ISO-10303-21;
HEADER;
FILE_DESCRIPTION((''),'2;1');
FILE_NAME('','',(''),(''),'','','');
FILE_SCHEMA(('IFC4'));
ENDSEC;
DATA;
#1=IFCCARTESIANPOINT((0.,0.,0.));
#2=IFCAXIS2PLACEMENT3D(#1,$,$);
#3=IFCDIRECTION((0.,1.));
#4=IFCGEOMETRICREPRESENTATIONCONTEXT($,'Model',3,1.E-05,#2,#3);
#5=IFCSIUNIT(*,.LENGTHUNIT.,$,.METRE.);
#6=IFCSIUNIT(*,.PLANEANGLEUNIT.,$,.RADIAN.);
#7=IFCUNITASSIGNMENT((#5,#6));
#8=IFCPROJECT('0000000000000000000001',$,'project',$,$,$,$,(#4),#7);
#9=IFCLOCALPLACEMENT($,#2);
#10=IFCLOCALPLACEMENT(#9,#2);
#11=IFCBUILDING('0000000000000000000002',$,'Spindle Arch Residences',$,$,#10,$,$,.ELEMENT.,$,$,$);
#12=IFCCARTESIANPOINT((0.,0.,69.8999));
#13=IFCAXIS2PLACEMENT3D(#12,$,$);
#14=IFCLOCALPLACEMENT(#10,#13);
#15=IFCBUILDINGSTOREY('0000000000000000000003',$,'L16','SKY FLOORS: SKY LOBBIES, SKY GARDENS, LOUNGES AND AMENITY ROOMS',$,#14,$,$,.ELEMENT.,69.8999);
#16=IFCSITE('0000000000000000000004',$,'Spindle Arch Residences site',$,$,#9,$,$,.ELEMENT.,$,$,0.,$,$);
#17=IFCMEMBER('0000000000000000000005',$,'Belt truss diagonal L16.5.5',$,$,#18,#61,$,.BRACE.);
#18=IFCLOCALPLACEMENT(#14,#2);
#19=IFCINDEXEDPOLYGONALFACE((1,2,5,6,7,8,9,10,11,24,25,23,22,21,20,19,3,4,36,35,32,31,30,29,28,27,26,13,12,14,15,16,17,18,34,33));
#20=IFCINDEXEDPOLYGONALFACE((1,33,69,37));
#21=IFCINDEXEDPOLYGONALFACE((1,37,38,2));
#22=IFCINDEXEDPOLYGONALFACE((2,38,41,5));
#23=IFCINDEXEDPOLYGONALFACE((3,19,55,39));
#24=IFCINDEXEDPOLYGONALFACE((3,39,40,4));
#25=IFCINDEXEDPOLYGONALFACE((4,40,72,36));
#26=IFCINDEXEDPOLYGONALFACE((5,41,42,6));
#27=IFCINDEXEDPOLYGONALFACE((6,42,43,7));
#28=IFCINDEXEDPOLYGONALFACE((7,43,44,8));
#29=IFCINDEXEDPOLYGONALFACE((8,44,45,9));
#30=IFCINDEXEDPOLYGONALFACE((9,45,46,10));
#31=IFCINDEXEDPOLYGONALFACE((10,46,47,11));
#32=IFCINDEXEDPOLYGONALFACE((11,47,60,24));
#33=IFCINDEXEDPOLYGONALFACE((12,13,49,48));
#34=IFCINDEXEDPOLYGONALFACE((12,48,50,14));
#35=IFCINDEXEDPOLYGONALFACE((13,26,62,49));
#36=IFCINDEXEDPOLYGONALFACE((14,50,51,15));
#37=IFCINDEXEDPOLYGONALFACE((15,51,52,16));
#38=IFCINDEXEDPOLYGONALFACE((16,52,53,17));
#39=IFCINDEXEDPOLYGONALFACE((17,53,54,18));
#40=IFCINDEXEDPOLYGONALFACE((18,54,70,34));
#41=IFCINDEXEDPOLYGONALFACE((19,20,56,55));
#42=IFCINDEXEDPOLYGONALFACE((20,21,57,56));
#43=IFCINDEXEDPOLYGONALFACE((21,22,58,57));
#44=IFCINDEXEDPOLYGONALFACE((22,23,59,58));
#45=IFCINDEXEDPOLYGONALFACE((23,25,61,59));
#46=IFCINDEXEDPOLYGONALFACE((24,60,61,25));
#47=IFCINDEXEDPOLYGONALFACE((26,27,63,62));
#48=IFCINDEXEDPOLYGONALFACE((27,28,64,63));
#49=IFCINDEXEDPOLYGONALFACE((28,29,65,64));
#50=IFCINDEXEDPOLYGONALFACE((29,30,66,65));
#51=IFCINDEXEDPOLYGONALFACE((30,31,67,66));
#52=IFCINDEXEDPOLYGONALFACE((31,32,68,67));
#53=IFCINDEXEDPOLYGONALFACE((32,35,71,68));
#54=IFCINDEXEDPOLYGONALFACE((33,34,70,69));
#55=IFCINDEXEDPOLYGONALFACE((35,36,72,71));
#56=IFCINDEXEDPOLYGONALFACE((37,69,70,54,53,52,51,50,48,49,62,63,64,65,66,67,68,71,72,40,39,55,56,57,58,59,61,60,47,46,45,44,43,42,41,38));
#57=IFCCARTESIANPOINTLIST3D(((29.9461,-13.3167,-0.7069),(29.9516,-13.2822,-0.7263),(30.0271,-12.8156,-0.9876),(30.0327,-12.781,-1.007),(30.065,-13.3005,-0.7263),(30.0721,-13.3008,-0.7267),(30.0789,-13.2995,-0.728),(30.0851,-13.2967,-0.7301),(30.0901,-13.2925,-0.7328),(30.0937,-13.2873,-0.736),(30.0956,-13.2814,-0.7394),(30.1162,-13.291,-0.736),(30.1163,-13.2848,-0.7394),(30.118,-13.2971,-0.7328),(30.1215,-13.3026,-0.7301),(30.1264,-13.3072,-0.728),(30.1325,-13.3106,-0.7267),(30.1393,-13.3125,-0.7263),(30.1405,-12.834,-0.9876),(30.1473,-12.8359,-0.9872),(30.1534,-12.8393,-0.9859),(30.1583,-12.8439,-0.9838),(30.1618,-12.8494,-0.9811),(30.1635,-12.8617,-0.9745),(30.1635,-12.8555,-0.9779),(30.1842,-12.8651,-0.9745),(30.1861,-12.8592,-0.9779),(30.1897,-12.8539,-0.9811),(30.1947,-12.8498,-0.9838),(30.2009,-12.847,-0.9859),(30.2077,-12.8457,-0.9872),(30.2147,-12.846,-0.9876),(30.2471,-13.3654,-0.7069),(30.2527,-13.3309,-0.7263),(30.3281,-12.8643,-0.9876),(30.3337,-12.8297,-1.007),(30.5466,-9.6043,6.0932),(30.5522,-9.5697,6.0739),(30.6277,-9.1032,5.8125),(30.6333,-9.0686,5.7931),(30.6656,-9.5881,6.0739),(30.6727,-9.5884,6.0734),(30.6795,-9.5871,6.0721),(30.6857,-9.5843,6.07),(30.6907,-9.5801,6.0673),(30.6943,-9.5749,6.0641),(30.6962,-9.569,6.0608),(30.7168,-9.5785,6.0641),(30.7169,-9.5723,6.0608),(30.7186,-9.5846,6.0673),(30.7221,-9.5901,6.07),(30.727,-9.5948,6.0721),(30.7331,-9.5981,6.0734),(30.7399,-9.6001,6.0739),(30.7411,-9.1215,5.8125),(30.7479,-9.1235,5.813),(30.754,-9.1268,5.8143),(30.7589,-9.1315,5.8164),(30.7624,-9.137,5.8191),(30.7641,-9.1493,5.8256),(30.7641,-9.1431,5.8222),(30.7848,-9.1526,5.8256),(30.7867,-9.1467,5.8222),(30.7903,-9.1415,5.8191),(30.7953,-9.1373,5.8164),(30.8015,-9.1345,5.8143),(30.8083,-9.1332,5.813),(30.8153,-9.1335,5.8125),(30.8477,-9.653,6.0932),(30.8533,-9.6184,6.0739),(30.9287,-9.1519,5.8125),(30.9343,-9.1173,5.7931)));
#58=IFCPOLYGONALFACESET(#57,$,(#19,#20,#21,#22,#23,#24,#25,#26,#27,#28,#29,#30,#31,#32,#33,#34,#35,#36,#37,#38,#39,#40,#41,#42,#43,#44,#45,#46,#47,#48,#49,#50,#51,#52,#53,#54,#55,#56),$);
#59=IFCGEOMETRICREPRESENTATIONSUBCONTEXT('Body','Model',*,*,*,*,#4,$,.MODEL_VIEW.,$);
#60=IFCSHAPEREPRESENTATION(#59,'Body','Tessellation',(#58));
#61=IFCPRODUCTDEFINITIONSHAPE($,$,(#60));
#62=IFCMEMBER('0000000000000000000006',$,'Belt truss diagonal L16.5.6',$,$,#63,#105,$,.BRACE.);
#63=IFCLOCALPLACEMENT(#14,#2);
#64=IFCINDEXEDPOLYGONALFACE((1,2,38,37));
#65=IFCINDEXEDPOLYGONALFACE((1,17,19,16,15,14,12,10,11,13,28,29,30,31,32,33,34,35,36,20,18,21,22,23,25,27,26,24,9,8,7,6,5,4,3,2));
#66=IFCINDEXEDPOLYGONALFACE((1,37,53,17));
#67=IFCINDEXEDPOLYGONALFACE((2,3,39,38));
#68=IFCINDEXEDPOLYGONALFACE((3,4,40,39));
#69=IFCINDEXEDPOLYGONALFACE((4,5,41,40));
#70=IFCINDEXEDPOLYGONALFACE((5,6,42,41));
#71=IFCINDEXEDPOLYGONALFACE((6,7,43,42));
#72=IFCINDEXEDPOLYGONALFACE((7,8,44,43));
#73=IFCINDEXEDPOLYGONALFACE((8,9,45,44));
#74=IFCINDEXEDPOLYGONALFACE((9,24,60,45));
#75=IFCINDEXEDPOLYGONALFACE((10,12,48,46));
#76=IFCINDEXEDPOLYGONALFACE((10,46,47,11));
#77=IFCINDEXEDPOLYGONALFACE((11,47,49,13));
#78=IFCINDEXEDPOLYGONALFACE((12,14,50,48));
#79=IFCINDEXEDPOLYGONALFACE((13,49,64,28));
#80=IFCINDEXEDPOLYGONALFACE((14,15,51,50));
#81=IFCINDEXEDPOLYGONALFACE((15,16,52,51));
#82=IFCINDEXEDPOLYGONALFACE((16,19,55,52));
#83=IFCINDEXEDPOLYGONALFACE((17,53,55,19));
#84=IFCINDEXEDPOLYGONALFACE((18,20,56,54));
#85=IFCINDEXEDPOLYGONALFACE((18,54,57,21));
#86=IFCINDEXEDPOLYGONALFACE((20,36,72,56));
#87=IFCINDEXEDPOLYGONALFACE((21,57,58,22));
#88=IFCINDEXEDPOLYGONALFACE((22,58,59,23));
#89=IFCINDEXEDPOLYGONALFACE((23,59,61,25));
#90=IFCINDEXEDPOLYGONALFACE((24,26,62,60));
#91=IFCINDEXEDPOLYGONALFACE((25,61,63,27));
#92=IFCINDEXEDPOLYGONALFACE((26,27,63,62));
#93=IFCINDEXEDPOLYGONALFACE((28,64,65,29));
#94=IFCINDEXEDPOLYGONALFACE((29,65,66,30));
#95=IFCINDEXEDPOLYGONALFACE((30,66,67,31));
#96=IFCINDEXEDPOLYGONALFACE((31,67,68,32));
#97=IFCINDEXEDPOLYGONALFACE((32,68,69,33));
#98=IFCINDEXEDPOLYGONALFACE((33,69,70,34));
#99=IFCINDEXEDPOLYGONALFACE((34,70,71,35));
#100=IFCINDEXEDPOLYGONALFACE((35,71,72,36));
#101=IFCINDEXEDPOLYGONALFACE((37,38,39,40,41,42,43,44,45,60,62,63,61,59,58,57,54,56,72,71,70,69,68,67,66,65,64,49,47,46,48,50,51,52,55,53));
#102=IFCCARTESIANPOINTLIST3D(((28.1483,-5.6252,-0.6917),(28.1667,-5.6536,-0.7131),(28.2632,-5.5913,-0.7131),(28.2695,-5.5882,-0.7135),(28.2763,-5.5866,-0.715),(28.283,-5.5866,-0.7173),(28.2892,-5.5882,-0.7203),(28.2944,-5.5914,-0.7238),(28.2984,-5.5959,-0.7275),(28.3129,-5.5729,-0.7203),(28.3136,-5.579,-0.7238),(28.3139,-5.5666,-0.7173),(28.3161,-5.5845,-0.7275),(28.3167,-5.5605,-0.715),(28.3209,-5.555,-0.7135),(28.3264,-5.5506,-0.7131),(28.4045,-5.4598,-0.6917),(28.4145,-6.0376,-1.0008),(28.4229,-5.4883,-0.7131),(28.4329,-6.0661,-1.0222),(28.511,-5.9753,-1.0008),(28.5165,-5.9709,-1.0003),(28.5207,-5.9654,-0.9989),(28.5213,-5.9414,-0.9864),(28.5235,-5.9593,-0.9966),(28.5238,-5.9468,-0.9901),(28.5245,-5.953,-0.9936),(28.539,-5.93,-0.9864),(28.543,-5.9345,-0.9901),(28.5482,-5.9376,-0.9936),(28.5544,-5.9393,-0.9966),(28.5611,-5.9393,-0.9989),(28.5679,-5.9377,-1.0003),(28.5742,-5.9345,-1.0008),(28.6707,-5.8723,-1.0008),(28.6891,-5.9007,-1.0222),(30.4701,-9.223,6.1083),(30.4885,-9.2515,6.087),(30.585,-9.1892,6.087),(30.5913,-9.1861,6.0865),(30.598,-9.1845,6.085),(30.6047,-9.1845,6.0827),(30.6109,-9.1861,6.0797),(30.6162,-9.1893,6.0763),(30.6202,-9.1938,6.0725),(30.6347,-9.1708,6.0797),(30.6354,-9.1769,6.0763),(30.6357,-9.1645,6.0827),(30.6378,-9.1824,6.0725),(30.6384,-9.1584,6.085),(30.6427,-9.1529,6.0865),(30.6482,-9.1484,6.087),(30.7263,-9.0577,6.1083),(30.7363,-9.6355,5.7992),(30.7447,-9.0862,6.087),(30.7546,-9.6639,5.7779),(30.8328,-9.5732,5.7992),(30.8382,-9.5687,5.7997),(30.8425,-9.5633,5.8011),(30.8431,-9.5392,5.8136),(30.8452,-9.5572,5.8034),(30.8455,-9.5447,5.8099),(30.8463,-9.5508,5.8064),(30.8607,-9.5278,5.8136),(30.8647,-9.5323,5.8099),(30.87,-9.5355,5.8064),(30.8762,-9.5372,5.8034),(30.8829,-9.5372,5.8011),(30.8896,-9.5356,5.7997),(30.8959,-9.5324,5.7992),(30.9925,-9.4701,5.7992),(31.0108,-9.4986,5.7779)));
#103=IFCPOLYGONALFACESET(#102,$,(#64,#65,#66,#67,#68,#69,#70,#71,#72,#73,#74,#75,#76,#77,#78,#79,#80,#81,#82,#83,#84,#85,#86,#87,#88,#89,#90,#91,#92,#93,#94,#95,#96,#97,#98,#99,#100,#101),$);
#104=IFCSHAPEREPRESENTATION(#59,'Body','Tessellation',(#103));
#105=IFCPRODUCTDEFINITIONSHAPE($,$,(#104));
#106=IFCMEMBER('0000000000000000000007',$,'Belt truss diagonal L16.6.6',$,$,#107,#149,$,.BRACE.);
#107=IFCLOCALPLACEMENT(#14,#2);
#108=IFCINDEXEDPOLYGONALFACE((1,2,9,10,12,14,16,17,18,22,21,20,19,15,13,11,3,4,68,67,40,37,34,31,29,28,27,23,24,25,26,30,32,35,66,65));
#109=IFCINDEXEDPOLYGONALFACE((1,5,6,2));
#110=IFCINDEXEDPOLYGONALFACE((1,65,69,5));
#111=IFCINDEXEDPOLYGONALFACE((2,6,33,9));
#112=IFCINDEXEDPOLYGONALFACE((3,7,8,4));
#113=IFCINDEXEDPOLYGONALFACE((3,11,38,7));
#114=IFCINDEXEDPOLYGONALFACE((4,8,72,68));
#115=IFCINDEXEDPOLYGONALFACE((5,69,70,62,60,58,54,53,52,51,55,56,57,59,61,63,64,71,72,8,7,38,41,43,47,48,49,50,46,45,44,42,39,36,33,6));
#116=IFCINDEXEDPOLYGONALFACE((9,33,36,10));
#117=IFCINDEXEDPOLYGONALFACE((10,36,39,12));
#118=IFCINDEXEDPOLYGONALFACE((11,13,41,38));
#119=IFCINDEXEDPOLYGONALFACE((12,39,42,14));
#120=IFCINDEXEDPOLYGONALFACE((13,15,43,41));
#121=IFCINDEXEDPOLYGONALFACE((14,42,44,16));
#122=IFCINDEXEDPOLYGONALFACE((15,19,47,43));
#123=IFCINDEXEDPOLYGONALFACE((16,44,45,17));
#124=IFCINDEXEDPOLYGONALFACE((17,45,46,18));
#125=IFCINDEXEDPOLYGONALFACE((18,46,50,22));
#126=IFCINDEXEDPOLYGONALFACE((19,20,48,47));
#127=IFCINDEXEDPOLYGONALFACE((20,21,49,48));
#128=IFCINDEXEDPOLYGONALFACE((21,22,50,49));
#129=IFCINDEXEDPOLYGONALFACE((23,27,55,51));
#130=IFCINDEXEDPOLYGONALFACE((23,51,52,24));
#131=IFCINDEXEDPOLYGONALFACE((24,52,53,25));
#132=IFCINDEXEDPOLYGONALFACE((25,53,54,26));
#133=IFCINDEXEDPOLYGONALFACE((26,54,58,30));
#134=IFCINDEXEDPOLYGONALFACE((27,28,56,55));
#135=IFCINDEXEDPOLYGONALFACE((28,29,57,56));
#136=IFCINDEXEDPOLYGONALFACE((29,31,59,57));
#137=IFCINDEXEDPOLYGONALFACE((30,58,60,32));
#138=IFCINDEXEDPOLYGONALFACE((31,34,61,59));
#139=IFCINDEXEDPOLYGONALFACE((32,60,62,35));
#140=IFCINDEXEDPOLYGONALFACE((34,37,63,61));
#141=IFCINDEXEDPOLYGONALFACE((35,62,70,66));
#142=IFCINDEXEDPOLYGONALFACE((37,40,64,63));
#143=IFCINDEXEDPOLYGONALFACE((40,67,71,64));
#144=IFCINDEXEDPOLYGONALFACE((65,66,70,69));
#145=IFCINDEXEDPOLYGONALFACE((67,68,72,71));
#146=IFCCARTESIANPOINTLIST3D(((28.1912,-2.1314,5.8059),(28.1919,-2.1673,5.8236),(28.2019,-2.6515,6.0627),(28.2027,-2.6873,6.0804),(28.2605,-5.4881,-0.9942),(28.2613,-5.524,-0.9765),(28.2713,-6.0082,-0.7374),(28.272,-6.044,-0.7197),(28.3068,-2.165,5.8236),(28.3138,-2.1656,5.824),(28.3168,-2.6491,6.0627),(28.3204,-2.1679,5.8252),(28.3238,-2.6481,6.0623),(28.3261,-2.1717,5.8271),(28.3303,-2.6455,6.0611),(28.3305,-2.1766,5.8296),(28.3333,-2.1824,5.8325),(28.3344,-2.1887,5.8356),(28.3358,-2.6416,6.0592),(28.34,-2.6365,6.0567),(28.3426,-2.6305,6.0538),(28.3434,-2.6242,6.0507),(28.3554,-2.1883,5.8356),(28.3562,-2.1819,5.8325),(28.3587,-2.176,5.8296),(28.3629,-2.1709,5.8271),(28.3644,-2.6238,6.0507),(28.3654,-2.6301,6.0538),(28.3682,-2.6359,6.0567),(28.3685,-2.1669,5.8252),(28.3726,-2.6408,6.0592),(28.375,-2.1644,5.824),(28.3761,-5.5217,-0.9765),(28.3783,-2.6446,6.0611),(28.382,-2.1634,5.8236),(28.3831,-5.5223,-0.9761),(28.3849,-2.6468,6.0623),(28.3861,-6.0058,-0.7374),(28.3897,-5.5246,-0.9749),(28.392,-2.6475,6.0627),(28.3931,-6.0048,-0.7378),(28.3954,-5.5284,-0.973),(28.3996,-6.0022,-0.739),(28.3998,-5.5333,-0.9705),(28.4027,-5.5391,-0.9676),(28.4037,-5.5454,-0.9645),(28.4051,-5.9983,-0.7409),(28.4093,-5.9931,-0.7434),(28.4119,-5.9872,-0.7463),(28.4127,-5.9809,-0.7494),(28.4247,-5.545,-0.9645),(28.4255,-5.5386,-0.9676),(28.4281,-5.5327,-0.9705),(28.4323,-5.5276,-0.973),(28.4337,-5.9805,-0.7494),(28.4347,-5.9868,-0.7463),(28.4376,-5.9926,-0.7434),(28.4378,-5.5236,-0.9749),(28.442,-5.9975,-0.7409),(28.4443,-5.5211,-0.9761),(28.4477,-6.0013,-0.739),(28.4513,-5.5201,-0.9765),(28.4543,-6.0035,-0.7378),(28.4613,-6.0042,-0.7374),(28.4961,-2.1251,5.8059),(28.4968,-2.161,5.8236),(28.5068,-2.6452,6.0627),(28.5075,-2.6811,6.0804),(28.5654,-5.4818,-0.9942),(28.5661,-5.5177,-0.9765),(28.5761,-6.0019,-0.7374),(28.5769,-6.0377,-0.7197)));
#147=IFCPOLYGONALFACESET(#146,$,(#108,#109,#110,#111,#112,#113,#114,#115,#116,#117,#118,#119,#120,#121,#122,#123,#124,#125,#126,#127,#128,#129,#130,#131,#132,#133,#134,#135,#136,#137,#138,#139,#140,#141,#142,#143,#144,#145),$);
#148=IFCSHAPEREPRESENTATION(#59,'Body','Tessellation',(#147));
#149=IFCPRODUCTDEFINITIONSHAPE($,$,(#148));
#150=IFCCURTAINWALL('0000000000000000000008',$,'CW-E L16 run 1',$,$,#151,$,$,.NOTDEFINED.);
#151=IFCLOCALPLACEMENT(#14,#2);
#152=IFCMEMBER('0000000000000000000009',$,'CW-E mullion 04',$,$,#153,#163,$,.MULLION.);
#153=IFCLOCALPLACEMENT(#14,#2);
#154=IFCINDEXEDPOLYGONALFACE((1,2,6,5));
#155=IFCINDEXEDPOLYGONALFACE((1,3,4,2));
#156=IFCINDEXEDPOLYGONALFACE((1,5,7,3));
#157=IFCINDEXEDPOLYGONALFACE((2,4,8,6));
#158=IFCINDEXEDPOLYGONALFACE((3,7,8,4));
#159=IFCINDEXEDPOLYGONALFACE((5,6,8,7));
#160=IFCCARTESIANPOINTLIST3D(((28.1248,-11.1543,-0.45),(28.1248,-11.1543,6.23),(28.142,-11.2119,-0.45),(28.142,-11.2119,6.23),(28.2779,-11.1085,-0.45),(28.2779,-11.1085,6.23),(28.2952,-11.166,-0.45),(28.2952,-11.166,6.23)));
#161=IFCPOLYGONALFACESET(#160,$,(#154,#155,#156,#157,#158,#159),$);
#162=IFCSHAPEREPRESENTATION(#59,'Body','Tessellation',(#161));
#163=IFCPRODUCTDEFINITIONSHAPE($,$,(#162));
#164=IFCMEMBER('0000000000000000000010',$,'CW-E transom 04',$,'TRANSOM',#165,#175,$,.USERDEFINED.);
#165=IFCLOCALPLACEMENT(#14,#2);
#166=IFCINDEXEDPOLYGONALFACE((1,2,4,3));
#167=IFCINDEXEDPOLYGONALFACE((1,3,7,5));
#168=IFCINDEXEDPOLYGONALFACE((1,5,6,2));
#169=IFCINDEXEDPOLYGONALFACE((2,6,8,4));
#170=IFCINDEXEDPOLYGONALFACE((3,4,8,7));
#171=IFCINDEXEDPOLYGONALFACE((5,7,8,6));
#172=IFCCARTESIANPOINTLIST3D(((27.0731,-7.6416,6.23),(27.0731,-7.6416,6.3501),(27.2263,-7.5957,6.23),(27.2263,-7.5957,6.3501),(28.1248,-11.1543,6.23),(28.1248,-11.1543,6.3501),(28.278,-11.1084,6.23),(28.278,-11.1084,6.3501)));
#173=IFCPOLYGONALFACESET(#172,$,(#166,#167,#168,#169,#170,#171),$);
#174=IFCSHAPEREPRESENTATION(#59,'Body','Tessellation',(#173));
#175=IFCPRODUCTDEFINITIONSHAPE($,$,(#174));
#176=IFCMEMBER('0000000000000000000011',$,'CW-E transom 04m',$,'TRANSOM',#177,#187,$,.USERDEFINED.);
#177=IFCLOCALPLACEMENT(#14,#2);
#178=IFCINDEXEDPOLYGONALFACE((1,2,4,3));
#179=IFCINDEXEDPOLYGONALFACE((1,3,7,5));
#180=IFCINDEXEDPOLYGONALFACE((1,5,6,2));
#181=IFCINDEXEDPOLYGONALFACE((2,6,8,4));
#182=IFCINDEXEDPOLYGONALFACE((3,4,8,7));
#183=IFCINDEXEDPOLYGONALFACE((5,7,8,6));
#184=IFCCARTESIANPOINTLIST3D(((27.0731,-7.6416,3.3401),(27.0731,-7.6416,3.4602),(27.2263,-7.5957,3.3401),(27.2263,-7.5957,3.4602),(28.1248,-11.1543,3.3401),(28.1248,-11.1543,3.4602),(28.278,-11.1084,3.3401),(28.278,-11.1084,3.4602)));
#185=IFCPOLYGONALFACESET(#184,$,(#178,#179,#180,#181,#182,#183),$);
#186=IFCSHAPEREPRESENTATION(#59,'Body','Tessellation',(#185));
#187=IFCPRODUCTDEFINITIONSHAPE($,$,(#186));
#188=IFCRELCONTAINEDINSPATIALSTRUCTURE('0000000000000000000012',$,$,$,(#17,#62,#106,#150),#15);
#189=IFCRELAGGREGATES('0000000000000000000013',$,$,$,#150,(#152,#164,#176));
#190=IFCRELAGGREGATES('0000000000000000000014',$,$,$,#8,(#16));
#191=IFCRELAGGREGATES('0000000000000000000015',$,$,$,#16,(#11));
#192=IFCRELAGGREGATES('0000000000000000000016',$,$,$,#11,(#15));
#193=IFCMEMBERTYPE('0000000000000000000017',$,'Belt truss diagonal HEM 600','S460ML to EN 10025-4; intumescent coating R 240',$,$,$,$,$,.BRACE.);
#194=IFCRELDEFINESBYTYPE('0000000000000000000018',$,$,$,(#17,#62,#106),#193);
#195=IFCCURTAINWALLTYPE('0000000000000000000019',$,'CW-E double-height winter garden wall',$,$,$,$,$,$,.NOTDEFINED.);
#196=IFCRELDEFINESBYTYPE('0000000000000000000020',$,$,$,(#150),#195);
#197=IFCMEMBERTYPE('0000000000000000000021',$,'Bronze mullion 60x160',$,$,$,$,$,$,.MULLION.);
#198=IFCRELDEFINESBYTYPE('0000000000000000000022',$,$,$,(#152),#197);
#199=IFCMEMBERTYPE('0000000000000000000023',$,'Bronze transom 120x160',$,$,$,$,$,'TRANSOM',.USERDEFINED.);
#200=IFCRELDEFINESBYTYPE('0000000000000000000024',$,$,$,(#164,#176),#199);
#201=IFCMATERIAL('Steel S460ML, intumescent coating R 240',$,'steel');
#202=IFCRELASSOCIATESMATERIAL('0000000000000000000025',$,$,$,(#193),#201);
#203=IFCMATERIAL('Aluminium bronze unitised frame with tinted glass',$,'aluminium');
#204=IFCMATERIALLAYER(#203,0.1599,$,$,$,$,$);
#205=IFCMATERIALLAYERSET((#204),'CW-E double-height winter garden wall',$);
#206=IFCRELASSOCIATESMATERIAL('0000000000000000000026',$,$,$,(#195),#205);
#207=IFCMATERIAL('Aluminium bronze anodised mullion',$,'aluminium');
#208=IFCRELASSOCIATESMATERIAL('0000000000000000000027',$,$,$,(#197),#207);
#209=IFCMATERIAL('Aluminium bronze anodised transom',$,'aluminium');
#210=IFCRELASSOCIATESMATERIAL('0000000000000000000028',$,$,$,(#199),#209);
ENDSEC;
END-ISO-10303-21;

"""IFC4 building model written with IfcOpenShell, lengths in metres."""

from ifc_helpers import new_model, si_unit, direction, frame, origin, origin_2d, place, context, subcontext, project, spatial, rectangle, i_section, extrude, material, layer, layer_set, material_profile, profile_set, type_object, element, aggregate, save


model = new_model("IFC4")

# Units and contexts
model_context = context("Model", 3, precision=1e-05, world=origin(), true_north=direction((0.0, 1.0)))
body_context = subcontext(model_context, "Body", "Model", "MODEL_VIEW")
ifc_project = project(units=[si_unit("LENGTHUNIT", "METRE"), si_unit("PLANEANGLEUNIT", "RADIAN")], contexts=[model_context])

# Site, building, storey
site_placement = place(None, origin())
site = spatial("IfcSite", under=ifc_project, at=site_placement, Name="Spindle Arch Residences site", CompositionType="ELEMENT", RefElevation=0.0)
building_placement = place(site_placement, origin())
building = spatial("IfcBuilding", under=site, at=building_placement, Name="Spindle Arch Residences", CompositionType="ELEMENT")
storey_placement = place(building_placement, frame((0.0, 0.0, 69.8999)))
storey = spatial("IfcBuildingStorey", under=building, at=storey_placement, Name="L16", Description="SKY FLOORS: SKY LOBBIES, SKY GARDENS, LOUNGES AND AMENITY ROOMS", CompositionType="ELEMENT", Elevation=69.8999)

# Members
ifc_material_1 = material(Name="Steel S460ML, intumescent coating R 240", Category="steel")
ifc_material_profile_1 = material_profile(ifc_material_1, i_section(OverallWidth=0.3049, OverallDepth=0.6201, WebThickness=0.021, FlangeThickness=0.04, FilletRadius=0.0271, at=origin_2d()), Name="HEM 600")
ifc_profile_set_1 = profile_set([ifc_material_profile_1], Name="Steel S460ML, intumescent coating R 240")
member_type_1 = type_object("IfcMemberType", Name="Belt truss diagonal HEM 600", Description="S460ML to EN 10025-4; intumescent coating R 240", PredefinedType="BRACE", material=ifc_profile_set_1)
member_1_placement = place(storey_placement, frame((30.1399, -13.0732, -0.8569), z_axis=(0.077289, 0.477746, 0.875092), x_axis=(-0.987165, 0.159702, 0.0)))
element("IfcMember", 1, at=member_1_placement, inside=storey, type_object=member_type_1, Name="Belt truss diagonal L16.5.5", PredefinedType="BRACE", context=body_context, shape_type="SweptSolid", body=[
    extrude(i_section(OverallWidth=0.3049, OverallDepth=0.6201, WebThickness=0.021, FlangeThickness=0.04, FilletRadius=0.0271, at=origin_2d()), origin(), (0.0, 0.0, 1.0), 7.7708),
])
member_2_placement = place(storey_placement, frame((28.4187, -5.7629, -0.8569), z_axis=(0.288924, -0.447727, 0.846205), x_axis=(0.840238, 0.542218, 0.0)))
element("IfcMember", 2, at=member_2_placement, inside=storey, type_object=member_type_1, Name="Belt truss diagonal L16.5.6", PredefinedType="BRACE", context=body_context, shape_type="SweptSolid", body=[
    extrude(i_section(OverallWidth=0.3049, OverallDepth=0.6201, WebThickness=0.021, FlangeThickness=0.04, FilletRadius=0.0271, at=origin_2d()), origin(), (0.0, 0.0, 1.0), 8.0359),
])
member_3_placement = place(storey_placement, frame((28.4187, -5.7629, -0.8569), z_axis=(-0.009143, 0.442618, 0.896664), x_axis=(-0.999787, -0.020652, 0.0)))
element("IfcMember", 3, at=member_3_placement, inside=storey, type_object=member_type_1, Name="Belt truss diagonal L16.6.6", PredefinedType="BRACE", context=body_context, shape_type="SweptSolid", body=[
    extrude(i_section(OverallWidth=0.3049, OverallDepth=0.6201, WebThickness=0.021, FlangeThickness=0.04, FilletRadius=0.0271, at=origin_2d()), origin(), (0.0, 0.0, 1.0), 7.5837),
])

# Curtain wall, members
ifc_material_2 = material(Name="Aluminium bronze unitised frame with tinted glass", Category="aluminium")
ifc_layer_1 = layer(ifc_material_2, 0.1599)
ifc_layer_set_1 = layer_set([ifc_layer_1], Name="CW-E double-height winter garden wall")
curtain_wall_type = type_object("IfcCurtainWallType", Name="CW-E double-height winter garden wall", PredefinedType="NOTDEFINED", material=ifc_layer_set_1)
curtain_wall_placement = place(storey_placement, origin())
curtain_wall = element("IfcCurtainWall", 4, at=curtain_wall_placement, inside=storey, type_object=curtain_wall_type, Name="CW-E L16 run 1", PredefinedType="NOTDEFINED")
ifc_material_3 = material(Name="Aluminium bronze anodised mullion", Category="aluminium")
ifc_material_profile_2 = material_profile(ifc_material_3, rectangle(XDim=0.1599, YDim=0.0601, at=origin_2d()), Name="MU 60x160")
ifc_profile_set_2 = profile_set([ifc_material_profile_2], Name="Aluminium bronze anodised mullion")
member_type_2 = type_object("IfcMemberType", Name="Bronze mullion 60x160", PredefinedType="MULLION", material=ifc_profile_set_2)
member_4_placement = place(storey_placement, frame((28.21, -11.1602, -0.45), z_axis=(0.0, 0.0, 1.0), x_axis=(-0.95799, -0.286803, 0.0)))
member_4 = element("IfcMember", 5, at=member_4_placement, type_object=member_type_2, Name="CW-E mullion 04", PredefinedType="MULLION", context=body_context, shape_type="SweptSolid", body=[
    extrude(rectangle(XDim=0.1599, YDim=0.0601, at=origin_2d()), origin(), (0.0, 0.0, 1.0), 6.6799),
])
ifc_material_4 = material(Name="Aluminium bronze anodised transom", Category="aluminium")
ifc_material_profile_3 = material_profile(ifc_material_4, rectangle(XDim=0.1599, YDim=0.1201, at=origin_2d()), Name="TR 120x160")
ifc_profile_set_3 = profile_set([ifc_material_profile_3], Name="Aluminium bronze anodised transom")
member_type_3 = type_object("IfcMemberType", Name="Bronze transom 120x160", ElementType="TRANSOM", PredefinedType="USERDEFINED", material=ifc_profile_set_3)
member_5_placement = place(storey_placement, frame((28.2014, -11.1313, 6.29), z_axis=(-0.286835, 0.95798, 0.0), x_axis=(-0.95798, -0.286835, 0.0)))
member_5 = element("IfcMember", 6, at=member_5_placement, type_object=member_type_3, Name="CW-E transom 04", ObjectType="TRANSOM", PredefinedType="USERDEFINED", context=body_context, shape_type="SweptSolid", body=[
    extrude(rectangle(XDim=0.1599, YDim=0.1201, at=origin_2d()), origin(), (0.0, 0.0, 1.0), 3.6667),
])
member_6_placement = place(storey_placement, frame((28.2014, -11.1313, 3.4001), z_axis=(-0.286835, 0.95798, 0.0), x_axis=(-0.95798, -0.286835, 0.0)))
member_6 = element("IfcMember", 7, at=member_6_placement, type_object=member_type_3, Name="CW-E transom 04m", ObjectType="TRANSOM", PredefinedType="USERDEFINED", context=body_context, shape_type="SweptSolid", body=[
    extrude(rectangle(XDim=0.1599, YDim=0.1201, at=origin_2d()), origin(), (0.0, 0.0, 1.0), 3.6667),
])
aggregate(curtain_wall, [member_4, member_5, member_6])

save(model, "model.ifc")
